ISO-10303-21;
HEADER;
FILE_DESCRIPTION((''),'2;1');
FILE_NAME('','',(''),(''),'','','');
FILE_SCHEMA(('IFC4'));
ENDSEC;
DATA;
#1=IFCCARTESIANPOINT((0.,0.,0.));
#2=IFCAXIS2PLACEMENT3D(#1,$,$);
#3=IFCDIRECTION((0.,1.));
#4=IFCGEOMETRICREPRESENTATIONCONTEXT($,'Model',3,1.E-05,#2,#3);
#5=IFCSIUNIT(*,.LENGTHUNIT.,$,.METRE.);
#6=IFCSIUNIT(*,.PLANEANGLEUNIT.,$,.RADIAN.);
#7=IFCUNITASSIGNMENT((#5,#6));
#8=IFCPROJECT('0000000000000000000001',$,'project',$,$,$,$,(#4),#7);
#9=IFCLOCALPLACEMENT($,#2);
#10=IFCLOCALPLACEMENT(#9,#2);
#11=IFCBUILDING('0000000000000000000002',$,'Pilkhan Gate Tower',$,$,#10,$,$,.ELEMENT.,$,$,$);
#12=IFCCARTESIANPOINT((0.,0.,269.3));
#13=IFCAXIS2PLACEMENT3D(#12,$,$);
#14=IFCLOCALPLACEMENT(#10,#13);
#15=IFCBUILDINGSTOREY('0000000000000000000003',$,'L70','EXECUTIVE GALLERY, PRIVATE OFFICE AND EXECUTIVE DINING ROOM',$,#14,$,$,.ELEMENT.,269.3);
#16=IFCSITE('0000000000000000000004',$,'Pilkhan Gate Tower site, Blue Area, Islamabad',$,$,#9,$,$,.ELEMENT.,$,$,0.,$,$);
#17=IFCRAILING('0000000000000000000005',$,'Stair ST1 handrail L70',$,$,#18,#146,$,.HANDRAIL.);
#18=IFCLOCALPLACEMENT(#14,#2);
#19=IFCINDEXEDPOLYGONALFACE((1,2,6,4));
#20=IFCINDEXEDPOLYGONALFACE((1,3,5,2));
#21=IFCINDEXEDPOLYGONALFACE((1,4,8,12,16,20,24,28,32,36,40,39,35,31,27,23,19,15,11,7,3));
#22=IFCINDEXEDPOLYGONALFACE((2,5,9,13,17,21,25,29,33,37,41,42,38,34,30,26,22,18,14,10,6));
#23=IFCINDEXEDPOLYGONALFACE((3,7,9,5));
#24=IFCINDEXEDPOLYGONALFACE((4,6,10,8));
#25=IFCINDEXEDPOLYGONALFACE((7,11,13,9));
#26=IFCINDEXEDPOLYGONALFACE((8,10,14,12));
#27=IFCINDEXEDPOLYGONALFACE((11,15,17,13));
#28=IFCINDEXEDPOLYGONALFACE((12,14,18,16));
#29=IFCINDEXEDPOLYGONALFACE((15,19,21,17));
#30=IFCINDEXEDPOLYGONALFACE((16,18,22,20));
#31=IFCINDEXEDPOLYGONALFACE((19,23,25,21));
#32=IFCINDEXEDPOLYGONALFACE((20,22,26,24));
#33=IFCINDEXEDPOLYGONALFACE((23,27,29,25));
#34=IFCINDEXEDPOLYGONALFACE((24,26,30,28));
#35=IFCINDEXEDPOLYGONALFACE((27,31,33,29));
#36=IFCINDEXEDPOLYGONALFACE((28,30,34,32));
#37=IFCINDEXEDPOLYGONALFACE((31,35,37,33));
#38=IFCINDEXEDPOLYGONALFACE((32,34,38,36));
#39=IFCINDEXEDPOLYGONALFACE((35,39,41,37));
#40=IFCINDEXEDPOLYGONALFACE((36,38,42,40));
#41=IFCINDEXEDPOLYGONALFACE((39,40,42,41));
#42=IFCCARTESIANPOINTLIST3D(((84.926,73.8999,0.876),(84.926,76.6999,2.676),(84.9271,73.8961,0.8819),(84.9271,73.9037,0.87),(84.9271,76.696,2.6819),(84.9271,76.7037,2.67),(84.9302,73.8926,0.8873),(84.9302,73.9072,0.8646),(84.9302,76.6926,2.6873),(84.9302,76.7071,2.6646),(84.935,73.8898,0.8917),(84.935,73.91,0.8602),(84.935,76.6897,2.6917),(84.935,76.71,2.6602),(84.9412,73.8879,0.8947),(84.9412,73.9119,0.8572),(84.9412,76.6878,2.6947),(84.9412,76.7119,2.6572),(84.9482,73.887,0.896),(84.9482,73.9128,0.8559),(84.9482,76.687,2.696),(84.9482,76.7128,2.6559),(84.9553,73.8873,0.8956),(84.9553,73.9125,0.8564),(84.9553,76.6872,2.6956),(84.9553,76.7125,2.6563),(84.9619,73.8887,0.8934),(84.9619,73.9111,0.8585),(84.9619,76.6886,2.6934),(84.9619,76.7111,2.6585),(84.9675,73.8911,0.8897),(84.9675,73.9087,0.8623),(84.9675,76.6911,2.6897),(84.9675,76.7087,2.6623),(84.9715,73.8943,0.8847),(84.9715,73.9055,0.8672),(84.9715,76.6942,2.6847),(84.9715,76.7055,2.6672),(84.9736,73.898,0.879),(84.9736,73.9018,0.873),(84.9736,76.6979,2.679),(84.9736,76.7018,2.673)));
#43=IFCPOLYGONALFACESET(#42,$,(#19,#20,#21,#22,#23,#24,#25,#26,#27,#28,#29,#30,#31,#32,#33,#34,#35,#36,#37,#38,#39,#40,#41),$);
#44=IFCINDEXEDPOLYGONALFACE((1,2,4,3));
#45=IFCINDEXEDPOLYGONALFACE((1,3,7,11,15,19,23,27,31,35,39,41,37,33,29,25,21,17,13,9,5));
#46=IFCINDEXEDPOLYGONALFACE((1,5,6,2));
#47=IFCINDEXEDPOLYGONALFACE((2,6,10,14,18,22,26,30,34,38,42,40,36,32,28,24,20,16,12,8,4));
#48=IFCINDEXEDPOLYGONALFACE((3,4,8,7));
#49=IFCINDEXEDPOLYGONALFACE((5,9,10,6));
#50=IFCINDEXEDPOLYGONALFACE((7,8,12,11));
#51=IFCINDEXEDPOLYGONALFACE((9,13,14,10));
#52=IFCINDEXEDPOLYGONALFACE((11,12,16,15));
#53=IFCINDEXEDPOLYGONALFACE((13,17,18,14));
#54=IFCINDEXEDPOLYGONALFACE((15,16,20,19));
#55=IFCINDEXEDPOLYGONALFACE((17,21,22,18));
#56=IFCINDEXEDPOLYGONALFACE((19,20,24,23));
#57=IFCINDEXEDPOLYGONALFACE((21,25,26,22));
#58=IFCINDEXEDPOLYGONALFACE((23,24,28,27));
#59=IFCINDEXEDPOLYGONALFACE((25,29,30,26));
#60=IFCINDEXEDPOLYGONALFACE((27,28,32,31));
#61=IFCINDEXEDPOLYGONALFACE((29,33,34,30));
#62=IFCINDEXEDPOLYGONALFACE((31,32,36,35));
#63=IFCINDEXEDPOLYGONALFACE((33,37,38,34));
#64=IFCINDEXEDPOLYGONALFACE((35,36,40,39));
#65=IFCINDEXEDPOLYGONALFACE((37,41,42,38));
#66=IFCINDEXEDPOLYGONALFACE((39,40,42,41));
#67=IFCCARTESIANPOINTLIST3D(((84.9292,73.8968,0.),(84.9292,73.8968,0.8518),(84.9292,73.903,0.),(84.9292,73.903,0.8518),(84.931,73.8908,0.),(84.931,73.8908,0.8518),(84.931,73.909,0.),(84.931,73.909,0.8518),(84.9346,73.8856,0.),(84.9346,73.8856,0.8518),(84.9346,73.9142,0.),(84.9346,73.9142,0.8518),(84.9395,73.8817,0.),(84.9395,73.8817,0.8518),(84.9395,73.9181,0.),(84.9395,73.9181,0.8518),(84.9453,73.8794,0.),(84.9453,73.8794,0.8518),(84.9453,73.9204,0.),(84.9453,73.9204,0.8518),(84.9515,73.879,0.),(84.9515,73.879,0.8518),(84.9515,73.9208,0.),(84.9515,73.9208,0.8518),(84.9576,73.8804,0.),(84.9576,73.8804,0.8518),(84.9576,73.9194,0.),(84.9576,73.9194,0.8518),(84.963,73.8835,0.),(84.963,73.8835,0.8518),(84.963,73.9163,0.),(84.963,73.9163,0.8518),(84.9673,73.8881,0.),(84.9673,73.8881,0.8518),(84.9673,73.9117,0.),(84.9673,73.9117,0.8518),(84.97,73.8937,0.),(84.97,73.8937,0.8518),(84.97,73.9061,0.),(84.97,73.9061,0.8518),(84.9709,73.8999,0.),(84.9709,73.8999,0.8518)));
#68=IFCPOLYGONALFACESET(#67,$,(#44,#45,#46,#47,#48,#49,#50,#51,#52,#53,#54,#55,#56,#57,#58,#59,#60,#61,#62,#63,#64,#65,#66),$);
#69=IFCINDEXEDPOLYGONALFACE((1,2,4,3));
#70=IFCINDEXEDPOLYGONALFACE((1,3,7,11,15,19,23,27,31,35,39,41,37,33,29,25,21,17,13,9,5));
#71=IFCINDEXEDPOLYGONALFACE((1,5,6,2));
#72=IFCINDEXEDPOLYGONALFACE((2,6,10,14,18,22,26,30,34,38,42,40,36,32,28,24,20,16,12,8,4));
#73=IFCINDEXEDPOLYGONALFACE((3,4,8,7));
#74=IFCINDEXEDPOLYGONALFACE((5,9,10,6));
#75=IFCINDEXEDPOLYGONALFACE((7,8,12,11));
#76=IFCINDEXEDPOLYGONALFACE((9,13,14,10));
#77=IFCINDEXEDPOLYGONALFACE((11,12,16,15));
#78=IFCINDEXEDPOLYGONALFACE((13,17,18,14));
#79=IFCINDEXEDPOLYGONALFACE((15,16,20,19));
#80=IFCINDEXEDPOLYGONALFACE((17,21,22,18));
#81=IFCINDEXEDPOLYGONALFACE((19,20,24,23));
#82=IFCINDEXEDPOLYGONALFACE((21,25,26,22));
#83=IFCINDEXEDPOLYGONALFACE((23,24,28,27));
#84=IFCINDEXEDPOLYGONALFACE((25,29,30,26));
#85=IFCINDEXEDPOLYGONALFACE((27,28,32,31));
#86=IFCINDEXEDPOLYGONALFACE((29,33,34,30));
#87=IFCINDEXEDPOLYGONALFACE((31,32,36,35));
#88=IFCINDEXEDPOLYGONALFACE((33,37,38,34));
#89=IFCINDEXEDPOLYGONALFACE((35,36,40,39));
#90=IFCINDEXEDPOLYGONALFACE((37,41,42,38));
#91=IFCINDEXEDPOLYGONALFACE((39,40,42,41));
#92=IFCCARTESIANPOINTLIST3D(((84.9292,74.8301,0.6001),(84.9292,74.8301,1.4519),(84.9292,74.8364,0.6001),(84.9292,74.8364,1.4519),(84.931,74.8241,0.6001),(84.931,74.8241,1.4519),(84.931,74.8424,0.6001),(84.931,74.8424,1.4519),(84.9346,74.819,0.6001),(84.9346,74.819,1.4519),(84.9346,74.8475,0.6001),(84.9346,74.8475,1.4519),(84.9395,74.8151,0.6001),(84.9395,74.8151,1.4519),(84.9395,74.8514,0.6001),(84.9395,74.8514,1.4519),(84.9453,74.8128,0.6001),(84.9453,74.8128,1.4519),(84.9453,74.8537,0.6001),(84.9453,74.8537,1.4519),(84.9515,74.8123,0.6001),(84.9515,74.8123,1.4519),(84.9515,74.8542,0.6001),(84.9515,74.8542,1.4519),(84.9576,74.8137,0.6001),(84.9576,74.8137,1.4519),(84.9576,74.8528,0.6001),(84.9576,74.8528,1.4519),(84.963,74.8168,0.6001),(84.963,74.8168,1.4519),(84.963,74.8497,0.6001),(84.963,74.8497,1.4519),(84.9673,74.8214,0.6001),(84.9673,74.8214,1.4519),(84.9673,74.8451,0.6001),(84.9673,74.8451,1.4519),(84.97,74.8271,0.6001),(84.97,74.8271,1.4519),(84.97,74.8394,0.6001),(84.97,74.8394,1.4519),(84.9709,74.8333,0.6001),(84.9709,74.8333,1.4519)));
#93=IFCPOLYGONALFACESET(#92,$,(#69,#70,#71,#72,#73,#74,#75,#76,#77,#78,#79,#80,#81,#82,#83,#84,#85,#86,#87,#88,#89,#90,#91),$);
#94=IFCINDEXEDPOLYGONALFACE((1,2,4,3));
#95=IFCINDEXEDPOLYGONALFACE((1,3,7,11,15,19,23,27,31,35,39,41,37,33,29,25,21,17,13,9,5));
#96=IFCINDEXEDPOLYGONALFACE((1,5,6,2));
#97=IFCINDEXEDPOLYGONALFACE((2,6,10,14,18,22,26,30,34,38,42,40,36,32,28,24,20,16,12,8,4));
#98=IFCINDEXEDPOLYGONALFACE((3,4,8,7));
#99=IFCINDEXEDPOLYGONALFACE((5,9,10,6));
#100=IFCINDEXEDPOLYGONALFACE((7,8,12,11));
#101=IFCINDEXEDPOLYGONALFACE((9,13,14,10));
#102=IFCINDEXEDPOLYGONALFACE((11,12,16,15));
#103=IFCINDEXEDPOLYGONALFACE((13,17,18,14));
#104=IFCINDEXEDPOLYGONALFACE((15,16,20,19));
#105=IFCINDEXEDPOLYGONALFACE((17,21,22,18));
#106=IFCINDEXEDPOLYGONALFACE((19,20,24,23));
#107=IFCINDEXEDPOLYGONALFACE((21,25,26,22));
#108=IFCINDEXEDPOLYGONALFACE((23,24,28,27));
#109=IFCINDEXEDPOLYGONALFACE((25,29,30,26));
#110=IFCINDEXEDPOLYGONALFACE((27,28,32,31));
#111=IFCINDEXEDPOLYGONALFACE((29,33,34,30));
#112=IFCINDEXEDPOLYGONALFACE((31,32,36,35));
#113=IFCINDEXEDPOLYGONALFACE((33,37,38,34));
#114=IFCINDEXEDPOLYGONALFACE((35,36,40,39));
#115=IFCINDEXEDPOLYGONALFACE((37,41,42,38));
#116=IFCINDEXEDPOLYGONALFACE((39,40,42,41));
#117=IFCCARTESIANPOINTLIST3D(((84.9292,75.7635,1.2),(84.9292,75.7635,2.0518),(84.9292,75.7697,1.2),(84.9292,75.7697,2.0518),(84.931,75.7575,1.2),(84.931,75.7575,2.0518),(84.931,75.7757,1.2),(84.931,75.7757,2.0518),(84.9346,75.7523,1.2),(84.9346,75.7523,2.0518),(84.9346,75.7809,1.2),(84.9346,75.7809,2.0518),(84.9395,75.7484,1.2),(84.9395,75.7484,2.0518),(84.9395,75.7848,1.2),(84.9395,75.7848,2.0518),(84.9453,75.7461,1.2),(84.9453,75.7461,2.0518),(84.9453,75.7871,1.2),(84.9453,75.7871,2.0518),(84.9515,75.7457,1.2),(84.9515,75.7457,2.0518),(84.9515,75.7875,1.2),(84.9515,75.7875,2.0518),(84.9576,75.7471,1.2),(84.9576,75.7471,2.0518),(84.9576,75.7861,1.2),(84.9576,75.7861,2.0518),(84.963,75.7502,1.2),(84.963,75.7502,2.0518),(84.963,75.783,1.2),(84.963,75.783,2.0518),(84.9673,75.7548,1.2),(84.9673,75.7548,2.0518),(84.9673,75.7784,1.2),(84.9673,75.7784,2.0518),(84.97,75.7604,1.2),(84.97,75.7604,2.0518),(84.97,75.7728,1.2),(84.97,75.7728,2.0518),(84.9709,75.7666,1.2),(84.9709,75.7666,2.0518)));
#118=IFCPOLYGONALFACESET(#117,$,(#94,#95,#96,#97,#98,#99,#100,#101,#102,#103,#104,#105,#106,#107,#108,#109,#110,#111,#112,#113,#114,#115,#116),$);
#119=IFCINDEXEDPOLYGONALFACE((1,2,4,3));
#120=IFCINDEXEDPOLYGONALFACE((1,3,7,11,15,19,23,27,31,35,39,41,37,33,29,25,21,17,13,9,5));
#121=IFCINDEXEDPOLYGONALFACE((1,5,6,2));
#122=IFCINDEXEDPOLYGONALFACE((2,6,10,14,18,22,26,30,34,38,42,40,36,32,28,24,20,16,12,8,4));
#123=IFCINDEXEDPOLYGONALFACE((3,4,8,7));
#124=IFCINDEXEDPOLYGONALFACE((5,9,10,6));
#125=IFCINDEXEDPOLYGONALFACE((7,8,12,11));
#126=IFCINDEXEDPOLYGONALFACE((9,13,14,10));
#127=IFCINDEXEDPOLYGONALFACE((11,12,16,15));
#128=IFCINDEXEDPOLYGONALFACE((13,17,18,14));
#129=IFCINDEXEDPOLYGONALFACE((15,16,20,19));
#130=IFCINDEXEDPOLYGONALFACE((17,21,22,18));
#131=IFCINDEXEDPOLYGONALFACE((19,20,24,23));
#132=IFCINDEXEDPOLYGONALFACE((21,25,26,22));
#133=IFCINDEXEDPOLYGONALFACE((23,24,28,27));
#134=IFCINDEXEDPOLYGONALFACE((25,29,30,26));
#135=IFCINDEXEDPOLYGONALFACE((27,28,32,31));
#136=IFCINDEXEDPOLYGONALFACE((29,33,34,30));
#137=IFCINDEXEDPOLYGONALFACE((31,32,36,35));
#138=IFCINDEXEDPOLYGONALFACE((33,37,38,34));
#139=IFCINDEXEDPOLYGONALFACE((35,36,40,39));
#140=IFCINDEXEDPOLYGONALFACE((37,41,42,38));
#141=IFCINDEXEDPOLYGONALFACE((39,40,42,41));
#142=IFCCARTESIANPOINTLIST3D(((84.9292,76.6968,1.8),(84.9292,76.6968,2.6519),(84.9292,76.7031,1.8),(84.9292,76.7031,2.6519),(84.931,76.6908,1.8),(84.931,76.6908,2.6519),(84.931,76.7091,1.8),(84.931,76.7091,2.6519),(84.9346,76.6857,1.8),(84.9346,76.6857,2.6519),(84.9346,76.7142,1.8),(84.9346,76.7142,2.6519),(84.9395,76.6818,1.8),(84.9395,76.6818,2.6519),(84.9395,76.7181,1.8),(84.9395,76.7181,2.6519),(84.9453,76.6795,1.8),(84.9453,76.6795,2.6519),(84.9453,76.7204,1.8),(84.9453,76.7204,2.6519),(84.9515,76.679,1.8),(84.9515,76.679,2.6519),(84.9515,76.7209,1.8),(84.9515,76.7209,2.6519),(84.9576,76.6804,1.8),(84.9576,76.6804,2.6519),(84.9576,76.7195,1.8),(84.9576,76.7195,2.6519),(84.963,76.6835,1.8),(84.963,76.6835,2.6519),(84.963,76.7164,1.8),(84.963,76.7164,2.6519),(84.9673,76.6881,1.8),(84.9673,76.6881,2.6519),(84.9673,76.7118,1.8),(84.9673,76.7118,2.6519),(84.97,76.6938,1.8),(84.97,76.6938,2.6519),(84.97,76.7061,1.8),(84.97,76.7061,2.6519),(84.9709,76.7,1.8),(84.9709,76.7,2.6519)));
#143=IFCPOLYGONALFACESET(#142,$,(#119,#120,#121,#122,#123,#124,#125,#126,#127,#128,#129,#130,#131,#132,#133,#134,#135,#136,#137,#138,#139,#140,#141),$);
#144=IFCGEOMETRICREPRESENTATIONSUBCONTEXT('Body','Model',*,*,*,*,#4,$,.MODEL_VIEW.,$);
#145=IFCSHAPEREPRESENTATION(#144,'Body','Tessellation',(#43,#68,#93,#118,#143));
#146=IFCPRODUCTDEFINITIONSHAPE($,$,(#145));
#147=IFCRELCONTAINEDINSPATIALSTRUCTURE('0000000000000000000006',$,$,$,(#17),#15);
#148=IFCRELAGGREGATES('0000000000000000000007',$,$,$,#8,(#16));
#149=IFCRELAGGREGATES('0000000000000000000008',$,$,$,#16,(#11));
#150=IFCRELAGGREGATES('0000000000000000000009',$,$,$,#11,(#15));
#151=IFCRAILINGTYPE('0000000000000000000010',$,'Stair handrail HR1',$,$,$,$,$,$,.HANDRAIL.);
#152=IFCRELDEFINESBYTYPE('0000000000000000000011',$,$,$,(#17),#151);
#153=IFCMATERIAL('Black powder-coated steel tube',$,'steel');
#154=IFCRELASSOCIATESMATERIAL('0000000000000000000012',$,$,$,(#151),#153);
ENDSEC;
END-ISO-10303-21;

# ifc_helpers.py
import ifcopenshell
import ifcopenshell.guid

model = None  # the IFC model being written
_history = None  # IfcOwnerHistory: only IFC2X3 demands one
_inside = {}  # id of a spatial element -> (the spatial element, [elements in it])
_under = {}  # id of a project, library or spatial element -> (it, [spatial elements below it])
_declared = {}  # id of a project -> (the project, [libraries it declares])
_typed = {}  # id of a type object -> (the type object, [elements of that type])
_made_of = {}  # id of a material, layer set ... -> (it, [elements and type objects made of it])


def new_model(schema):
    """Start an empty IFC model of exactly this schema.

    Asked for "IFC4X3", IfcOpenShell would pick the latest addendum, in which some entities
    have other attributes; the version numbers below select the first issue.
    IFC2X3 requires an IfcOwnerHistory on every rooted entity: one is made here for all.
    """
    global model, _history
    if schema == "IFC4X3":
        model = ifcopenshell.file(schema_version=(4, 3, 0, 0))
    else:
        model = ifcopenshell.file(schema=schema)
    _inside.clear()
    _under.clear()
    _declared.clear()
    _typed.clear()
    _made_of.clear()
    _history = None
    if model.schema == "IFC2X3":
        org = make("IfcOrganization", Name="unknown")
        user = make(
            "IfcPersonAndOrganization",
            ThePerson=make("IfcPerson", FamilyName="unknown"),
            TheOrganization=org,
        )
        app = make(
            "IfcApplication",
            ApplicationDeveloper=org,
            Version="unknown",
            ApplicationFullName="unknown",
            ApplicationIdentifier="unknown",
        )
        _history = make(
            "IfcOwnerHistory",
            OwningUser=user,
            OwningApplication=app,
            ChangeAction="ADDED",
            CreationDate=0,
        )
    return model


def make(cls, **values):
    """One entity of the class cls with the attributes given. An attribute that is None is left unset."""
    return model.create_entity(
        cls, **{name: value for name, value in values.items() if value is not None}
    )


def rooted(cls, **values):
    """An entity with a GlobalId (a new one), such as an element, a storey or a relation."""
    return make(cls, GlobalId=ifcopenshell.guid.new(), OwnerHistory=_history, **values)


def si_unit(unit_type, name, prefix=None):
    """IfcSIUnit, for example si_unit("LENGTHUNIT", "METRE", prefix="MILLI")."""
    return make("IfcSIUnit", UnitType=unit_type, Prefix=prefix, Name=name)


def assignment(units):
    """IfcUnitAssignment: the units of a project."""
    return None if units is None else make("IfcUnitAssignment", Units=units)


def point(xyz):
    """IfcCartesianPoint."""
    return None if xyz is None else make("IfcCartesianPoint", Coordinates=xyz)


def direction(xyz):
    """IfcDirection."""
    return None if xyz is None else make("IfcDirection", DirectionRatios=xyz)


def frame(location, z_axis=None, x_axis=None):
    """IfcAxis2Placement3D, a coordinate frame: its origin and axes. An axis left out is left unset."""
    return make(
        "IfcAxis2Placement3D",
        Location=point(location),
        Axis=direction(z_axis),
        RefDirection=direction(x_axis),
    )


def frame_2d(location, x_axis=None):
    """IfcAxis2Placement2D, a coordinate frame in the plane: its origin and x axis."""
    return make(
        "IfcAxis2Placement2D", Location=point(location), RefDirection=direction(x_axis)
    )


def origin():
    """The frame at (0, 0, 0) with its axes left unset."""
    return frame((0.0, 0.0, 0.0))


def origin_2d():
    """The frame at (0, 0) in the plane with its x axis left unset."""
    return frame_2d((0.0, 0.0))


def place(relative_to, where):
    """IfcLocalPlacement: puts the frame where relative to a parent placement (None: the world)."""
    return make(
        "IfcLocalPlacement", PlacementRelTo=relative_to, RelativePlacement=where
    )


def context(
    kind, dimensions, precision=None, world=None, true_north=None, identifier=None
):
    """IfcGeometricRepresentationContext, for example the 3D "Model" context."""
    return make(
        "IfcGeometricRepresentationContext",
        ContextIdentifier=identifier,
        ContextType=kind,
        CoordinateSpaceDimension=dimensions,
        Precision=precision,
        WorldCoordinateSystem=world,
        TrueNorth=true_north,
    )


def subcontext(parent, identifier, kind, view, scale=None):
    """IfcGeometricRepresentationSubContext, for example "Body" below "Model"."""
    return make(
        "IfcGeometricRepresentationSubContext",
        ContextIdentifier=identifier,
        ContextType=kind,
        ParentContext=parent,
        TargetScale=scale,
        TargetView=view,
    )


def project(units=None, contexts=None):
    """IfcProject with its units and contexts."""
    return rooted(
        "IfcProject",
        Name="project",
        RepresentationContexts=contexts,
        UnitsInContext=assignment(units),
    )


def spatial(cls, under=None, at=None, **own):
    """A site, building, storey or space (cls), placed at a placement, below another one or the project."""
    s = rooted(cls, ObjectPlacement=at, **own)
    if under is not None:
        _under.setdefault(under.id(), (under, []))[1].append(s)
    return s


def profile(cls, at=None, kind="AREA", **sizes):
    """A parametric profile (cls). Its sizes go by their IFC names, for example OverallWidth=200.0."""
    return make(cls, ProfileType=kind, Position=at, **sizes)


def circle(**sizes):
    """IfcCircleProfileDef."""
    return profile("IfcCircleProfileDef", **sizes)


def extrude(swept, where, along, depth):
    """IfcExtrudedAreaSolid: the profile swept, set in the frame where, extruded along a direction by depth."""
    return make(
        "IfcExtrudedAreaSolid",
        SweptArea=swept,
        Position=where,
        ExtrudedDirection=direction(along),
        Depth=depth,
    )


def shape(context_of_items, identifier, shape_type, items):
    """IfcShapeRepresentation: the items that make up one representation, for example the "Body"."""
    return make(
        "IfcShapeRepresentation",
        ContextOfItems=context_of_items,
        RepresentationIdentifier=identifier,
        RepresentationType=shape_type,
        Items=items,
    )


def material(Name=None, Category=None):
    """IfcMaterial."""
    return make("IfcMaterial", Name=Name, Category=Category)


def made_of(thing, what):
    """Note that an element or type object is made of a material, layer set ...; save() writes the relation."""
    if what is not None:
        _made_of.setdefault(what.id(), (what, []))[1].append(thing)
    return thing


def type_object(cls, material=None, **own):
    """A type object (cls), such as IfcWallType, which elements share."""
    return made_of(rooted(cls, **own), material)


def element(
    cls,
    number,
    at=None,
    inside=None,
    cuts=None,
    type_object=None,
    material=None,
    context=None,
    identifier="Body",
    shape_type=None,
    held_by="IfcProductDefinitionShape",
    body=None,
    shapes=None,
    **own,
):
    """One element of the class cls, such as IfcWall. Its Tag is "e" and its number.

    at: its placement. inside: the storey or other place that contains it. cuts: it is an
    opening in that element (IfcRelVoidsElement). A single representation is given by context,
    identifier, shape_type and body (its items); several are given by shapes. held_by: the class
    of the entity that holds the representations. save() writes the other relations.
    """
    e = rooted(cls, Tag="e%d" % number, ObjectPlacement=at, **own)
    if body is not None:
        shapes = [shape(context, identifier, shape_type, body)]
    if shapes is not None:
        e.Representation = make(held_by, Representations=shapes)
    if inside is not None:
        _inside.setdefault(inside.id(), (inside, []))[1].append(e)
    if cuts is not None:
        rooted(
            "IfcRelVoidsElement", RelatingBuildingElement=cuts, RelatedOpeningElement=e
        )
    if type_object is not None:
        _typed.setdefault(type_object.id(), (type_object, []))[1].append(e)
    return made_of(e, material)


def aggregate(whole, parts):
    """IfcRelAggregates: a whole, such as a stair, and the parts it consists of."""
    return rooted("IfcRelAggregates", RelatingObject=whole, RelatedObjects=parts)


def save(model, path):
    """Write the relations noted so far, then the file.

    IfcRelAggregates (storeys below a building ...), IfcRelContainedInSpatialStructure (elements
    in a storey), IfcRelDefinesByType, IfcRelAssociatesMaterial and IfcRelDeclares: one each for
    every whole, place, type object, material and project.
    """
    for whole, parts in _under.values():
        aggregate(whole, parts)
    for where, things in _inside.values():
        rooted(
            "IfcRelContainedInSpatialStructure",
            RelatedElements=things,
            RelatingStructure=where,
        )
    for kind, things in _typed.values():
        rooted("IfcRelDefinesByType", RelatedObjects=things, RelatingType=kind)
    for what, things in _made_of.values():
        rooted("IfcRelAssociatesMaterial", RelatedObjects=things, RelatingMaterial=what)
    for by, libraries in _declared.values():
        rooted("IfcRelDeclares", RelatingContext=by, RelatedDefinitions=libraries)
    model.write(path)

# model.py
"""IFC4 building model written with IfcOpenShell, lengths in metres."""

from ifc_helpers import new_model, si_unit, direction, frame, origin, origin_2d, place, context, subcontext, project, spatial, circle, extrude, material, type_object, element, save


model = new_model("IFC4")

# Units and contexts
model_context = context("Model", 3, precision=1e-05, world=origin(), true_north=direction((0.0, 1.0)))
body_context = subcontext(model_context, "Body", "Model", "MODEL_VIEW")
ifc_project = project(units=[si_unit("LENGTHUNIT", "METRE"), si_unit("PLANEANGLEUNIT", "RADIAN")], contexts=[model_context])

# Site, building, storey
site_placement = place(None, origin())
site = spatial("IfcSite", under=ifc_project, at=site_placement, Name="Pilkhan Gate Tower site, Blue Area, Islamabad", CompositionType="ELEMENT", RefElevation=0.0)
building_placement = place(site_placement, origin())
building = spatial("IfcBuilding", under=site, at=building_placement, Name="Pilkhan Gate Tower", CompositionType="ELEMENT")
storey_placement = place(building_placement, frame((0.0, 0.0, 269.3)))
storey = spatial("IfcBuildingStorey", under=building, at=storey_placement, Name="L70", Description="EXECUTIVE GALLERY, PRIVATE OFFICE AND EXECUTIVE DINING ROOM", CompositionType="ELEMENT", Elevation=269.3)

# Railing
ifc_material_1 = material(Name="Black powder-coated steel tube", Category="steel")
railing_type_1 = type_object("IfcRailingType", Name="Stair handrail HR1", PredefinedType="HANDRAIL", material=ifc_material_1)
railing_1_placement = place(storey_placement, frame((84.95, 73.8999, 0.0)))
element("IfcRailing", 1, at=railing_1_placement, inside=storey, type_object=railing_type_1, Name="Stair ST1 handrail L70", PredefinedType="HANDRAIL", context=body_context, shape_type="SweptSolid", body=[
    extrude(circle(Radius=0.0239, at=origin_2d()), frame((0.0, 0.0, 0.876), z_axis=(0.0, 0.841176, 0.540761), x_axis=(-1.0, 0.0, 0.0)), (0.0, 0.0, 1.0), 3.3286),
    extrude(circle(Radius=0.021, at=origin_2d()), origin(), (0.0, 0.0, 1.0), 0.8518),
    extrude(circle(Radius=0.021, at=origin_2d()), frame((0.0, 0.9333, 0.6001)), (0.0, 0.0, 1.0), 0.8518),
    extrude(circle(Radius=0.021, at=origin_2d()), frame((0.0, 1.8667, 1.2)), (0.0, 0.0, 1.0), 0.8518),
    extrude(circle(Radius=0.021, at=origin_2d()), frame((0.0, 2.8, 1.8)), (0.0, 0.0, 1.0), 0.8518),
])

save(model, "model.ifc")
